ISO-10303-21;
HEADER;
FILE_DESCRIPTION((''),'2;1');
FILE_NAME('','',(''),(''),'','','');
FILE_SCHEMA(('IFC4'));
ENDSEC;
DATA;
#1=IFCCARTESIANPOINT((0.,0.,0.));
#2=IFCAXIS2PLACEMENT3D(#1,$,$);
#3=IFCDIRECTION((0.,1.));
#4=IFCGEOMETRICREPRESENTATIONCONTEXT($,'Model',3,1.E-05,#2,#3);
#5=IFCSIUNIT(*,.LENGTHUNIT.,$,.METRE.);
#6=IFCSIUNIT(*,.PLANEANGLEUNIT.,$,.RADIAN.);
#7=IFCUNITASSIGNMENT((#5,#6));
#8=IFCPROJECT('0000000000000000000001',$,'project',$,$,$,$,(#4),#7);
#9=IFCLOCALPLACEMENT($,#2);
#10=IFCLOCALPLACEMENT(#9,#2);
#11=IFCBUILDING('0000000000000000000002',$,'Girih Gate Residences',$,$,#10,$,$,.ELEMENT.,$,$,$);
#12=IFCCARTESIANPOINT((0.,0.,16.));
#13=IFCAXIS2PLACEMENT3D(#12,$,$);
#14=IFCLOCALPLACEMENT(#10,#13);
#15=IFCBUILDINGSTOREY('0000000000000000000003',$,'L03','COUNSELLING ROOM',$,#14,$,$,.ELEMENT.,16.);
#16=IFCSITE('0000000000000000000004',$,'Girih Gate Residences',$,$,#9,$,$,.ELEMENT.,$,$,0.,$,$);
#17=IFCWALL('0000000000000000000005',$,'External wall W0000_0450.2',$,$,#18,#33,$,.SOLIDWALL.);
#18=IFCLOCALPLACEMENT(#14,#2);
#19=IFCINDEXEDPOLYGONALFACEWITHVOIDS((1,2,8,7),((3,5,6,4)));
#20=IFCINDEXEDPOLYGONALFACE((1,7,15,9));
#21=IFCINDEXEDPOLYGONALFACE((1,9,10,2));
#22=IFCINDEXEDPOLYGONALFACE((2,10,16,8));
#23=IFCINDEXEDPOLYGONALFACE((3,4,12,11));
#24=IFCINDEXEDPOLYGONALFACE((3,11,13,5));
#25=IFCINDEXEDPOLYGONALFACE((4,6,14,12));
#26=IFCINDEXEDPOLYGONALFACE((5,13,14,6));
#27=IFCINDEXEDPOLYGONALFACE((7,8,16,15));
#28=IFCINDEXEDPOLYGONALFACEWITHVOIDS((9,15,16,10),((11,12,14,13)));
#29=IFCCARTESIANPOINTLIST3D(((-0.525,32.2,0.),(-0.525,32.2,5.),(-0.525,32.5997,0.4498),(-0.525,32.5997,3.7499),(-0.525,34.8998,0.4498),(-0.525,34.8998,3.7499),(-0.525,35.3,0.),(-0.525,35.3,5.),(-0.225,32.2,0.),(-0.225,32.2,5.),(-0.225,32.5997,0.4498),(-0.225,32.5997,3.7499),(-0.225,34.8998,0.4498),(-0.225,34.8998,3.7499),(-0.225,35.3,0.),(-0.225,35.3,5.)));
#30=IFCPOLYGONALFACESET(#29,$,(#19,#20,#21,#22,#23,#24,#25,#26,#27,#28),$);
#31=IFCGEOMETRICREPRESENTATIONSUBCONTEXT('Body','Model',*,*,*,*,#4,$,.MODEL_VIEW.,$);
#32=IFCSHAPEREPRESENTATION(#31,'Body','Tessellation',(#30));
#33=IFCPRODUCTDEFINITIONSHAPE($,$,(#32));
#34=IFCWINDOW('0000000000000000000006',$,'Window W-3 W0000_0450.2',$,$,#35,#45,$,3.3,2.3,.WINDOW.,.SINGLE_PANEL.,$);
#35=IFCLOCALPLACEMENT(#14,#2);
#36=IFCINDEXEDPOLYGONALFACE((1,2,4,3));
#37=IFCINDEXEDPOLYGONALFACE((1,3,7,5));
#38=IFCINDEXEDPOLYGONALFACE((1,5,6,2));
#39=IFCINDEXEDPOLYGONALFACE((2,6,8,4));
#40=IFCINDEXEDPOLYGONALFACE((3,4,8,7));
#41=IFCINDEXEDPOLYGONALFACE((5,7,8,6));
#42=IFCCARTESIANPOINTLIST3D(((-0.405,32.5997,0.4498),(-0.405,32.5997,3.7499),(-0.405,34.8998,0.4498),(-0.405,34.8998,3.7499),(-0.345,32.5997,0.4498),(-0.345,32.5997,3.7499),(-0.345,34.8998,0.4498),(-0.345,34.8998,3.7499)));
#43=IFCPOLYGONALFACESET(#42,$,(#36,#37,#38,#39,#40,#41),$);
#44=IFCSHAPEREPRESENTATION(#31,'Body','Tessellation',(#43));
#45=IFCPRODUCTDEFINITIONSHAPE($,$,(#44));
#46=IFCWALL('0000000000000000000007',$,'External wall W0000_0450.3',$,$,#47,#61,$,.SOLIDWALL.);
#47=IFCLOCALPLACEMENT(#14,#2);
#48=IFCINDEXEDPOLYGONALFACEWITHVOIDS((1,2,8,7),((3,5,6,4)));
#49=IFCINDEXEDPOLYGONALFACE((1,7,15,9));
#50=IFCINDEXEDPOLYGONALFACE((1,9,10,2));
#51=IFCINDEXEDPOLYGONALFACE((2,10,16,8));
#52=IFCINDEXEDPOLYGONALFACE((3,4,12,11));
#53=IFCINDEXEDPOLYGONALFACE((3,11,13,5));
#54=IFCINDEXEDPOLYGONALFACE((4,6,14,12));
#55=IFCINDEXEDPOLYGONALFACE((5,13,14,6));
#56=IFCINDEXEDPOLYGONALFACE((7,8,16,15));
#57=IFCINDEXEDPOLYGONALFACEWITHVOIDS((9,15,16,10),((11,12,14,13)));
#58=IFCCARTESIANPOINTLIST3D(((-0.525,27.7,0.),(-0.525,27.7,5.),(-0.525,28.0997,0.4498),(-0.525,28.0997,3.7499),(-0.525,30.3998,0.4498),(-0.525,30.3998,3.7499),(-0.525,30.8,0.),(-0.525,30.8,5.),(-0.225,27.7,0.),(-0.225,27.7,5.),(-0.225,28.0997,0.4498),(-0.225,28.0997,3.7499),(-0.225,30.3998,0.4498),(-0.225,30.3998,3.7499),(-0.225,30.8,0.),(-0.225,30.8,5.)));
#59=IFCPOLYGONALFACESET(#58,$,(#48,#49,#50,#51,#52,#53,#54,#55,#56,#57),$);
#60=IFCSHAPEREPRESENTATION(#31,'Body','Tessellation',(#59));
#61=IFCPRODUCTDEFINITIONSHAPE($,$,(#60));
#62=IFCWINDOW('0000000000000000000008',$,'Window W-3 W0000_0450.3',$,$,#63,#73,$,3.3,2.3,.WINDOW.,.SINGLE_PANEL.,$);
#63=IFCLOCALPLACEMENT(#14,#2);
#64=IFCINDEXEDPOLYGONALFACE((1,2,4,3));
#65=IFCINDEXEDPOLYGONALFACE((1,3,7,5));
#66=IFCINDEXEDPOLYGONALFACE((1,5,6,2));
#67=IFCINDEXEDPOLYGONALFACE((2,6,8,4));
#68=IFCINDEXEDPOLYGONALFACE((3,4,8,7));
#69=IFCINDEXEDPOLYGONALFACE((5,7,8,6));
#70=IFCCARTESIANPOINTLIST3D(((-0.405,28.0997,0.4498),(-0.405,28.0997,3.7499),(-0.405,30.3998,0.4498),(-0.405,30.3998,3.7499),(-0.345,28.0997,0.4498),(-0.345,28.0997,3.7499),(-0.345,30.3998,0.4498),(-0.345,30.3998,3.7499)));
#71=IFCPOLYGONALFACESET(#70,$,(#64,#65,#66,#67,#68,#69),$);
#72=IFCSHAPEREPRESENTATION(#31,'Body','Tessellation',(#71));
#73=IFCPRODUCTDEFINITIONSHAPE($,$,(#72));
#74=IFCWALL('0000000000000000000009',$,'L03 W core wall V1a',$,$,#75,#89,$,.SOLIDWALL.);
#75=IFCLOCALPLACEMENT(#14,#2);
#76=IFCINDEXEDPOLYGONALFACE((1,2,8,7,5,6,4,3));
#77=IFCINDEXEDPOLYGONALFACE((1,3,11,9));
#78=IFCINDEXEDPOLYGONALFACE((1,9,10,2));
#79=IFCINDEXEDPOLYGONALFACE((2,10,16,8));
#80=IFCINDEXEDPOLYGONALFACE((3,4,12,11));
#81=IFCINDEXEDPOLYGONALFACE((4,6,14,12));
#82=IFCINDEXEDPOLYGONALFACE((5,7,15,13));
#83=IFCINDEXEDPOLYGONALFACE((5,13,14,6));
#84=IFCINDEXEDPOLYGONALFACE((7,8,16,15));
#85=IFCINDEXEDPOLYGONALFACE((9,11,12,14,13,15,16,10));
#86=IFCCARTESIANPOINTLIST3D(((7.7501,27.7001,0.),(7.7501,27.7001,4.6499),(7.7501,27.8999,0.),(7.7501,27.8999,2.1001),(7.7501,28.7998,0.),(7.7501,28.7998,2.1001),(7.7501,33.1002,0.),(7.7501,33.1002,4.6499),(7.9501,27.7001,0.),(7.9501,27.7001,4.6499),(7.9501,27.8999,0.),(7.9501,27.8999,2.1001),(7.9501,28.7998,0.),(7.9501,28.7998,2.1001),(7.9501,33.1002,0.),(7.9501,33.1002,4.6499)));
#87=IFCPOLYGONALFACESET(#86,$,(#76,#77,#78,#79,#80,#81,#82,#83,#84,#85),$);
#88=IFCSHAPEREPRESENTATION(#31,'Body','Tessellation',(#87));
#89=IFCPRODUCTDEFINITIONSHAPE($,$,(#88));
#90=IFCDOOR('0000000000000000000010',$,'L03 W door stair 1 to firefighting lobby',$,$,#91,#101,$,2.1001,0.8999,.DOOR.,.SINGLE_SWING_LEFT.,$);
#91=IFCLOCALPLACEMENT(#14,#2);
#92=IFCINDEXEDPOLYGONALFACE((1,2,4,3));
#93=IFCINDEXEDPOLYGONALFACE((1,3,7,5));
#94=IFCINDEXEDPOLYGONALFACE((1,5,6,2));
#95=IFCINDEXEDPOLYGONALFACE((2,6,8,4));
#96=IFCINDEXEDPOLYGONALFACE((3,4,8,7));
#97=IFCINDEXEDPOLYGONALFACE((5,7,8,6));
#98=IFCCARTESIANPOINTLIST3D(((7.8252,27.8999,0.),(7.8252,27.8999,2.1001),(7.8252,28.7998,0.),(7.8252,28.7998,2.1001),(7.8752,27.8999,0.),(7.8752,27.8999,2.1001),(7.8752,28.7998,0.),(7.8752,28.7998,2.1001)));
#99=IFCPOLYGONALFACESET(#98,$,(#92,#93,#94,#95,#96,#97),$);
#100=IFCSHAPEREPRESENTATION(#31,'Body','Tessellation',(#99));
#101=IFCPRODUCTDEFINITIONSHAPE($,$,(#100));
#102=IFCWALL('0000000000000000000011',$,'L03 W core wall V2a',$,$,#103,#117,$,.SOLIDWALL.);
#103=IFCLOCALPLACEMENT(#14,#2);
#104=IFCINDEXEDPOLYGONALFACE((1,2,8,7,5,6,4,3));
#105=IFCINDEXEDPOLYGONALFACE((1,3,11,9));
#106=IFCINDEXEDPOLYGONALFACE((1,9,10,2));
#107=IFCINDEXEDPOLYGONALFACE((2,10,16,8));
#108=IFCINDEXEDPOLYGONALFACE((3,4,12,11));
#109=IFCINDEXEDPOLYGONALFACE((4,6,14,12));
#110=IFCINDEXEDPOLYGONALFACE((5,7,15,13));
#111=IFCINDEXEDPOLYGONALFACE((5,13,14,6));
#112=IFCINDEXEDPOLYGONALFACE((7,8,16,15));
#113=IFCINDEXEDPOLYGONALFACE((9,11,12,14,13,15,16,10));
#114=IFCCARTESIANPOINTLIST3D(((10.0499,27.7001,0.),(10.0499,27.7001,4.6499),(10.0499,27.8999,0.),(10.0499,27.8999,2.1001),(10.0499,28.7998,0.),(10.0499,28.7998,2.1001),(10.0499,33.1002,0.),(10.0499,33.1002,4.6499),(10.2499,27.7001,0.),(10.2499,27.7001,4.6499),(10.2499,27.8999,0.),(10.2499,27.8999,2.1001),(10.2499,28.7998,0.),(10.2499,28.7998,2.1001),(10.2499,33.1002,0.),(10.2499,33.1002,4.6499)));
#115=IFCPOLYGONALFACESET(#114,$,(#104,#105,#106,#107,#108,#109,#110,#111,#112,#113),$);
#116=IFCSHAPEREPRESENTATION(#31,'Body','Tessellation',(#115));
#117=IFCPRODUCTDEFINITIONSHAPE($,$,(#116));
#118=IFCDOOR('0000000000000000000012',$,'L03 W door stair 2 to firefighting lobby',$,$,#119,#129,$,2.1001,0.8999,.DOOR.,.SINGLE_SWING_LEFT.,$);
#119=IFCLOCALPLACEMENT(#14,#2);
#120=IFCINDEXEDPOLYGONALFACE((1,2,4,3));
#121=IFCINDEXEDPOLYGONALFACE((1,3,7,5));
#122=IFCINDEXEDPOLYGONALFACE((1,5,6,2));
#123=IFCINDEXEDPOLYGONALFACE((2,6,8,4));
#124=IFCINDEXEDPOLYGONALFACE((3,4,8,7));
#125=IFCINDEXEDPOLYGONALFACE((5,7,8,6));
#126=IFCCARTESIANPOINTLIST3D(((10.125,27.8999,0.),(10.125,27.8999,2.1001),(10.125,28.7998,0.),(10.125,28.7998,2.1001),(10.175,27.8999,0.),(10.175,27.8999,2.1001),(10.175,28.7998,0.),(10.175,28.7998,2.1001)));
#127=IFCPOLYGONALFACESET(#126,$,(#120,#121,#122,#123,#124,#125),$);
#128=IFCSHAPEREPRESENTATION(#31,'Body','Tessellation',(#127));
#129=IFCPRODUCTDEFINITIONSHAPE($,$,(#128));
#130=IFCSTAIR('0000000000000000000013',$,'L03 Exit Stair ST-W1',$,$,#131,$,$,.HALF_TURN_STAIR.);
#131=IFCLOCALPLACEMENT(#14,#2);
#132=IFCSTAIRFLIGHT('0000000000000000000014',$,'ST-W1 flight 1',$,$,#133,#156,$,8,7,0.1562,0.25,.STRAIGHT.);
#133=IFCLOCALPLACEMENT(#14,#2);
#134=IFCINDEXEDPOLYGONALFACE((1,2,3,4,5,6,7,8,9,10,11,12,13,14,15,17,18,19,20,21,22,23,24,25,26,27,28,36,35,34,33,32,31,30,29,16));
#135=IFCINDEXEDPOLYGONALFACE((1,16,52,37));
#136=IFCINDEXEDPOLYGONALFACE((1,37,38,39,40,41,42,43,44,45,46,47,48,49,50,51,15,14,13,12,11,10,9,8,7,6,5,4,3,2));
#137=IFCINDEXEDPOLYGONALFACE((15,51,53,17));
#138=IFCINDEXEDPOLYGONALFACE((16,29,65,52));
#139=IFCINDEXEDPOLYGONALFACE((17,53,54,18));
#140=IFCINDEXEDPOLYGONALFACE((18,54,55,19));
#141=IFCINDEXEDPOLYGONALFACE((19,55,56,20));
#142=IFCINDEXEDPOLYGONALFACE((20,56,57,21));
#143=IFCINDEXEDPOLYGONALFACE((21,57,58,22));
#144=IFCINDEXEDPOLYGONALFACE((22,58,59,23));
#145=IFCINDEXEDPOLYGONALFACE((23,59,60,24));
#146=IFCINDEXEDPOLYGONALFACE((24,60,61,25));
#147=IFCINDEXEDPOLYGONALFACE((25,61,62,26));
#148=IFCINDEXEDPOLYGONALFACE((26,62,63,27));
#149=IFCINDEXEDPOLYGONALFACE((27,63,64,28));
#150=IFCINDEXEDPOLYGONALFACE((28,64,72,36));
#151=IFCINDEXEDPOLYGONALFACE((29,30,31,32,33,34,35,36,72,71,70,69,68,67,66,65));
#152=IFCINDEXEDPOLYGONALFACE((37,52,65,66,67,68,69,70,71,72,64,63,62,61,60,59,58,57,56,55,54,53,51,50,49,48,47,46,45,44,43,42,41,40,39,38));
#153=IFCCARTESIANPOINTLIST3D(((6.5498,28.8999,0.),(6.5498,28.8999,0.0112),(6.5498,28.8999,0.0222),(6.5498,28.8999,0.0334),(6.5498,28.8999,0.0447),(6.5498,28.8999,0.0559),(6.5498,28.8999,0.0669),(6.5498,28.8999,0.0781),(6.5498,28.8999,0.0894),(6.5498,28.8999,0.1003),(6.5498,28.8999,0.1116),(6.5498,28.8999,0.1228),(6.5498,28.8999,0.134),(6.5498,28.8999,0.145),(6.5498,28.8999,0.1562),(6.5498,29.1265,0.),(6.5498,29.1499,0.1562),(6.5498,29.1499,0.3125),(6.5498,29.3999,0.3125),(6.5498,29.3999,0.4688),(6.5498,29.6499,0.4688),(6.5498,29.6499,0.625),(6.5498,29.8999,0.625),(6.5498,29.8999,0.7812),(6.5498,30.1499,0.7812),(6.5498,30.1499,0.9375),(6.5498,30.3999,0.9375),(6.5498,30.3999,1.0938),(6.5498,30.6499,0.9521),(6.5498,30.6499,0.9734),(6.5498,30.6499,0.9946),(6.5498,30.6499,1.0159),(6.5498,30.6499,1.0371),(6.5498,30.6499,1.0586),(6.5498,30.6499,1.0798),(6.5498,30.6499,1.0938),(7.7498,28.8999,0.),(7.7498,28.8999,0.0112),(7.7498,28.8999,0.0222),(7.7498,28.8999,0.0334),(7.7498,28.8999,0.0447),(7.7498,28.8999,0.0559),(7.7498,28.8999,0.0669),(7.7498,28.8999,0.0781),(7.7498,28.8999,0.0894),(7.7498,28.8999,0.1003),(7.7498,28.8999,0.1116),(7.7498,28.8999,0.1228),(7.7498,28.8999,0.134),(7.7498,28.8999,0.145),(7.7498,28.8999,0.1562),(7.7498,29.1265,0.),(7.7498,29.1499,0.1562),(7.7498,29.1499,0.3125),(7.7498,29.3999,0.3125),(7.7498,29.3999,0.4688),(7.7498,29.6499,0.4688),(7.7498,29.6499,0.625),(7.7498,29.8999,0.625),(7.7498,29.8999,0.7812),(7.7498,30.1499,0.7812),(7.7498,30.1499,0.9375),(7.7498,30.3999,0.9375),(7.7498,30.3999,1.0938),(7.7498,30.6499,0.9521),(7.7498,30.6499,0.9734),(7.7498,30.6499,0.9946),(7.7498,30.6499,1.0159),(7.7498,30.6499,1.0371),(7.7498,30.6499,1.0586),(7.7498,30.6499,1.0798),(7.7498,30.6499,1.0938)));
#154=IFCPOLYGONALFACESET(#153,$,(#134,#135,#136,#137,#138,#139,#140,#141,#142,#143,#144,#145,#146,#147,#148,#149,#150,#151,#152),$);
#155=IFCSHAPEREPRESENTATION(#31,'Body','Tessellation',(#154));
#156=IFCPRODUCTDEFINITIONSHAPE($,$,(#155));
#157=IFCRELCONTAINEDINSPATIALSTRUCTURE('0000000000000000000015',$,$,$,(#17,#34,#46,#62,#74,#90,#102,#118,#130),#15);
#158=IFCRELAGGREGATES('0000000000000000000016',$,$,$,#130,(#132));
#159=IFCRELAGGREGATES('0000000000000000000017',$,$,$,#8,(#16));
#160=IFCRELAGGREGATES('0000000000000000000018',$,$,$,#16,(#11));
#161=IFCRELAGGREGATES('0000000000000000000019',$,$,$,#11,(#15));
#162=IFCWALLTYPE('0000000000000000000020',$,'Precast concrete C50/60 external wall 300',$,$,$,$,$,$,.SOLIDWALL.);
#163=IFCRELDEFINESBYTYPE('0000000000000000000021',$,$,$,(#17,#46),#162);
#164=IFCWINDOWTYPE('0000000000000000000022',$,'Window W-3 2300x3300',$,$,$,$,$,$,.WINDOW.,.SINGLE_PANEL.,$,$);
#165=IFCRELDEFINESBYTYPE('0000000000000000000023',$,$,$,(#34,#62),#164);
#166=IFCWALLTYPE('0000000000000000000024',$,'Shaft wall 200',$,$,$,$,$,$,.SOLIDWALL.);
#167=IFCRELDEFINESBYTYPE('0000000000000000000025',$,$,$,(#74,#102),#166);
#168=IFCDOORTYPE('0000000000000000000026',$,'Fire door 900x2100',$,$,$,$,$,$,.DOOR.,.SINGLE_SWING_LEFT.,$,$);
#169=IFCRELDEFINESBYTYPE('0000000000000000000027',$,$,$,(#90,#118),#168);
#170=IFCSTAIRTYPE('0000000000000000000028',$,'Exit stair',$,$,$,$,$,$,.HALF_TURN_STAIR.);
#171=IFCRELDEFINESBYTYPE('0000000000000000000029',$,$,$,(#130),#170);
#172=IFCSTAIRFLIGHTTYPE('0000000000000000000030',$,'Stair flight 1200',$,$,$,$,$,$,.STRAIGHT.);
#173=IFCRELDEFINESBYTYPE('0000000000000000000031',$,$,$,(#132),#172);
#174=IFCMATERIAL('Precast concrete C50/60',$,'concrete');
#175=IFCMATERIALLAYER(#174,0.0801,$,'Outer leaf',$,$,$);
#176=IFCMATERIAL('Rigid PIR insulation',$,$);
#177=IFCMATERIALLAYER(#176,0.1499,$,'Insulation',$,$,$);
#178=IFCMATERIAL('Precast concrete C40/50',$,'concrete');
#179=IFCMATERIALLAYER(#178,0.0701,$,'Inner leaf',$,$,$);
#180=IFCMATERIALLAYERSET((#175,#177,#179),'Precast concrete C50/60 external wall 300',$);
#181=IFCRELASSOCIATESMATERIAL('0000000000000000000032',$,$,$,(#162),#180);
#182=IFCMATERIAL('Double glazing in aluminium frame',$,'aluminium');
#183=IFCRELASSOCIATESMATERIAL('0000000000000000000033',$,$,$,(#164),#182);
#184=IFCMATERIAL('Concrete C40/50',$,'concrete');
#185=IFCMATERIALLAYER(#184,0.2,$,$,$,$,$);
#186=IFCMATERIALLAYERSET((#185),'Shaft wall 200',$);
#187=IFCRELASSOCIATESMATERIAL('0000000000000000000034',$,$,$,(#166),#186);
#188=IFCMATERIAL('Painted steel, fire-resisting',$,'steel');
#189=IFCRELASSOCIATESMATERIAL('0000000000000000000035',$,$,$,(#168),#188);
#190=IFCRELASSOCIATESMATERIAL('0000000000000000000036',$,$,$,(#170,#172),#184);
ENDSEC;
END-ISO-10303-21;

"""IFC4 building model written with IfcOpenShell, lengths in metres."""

from ifc_helpers import new_model, si_unit, direction, frame, frame_2d, origin, place, context, subcontext, project, spatial, polyline, rectangle, outline, extrude, material, layer, layer_set, type_object, element, fill, aggregate, save


model = new_model("IFC4")

# Units and contexts
model_context = context("Model", 3, precision=1e-05, world=origin(), true_north=direction((0.0, 1.0)))
body_context = subcontext(model_context, "Body", "Model", "MODEL_VIEW")
ifc_project = project(units=[si_unit("LENGTHUNIT", "METRE"), si_unit("PLANEANGLEUNIT", "RADIAN")], contexts=[model_context])

# Site, building, storey
site_placement = place(None, origin())
site = spatial("IfcSite", under=ifc_project, at=site_placement, Name="Girih Gate Residences", CompositionType="ELEMENT", RefElevation=0.0)
building_placement = place(site_placement, origin())
building = spatial("IfcBuilding", under=site, at=building_placement, Name="Girih Gate Residences", CompositionType="ELEMENT")
storey_placement = place(building_placement, frame((0.0, 0.0, 16.0)))
storey = spatial("IfcBuildingStorey", under=building, at=storey_placement, Name="L03", Description="COUNSELLING ROOM", CompositionType="ELEMENT", Elevation=16.0)

# Shared definitions
ifc_material_1 = material(Name="Painted steel, fire-resisting", Category="steel")

# Walls, openings, windows
ifc_material_2 = material(Name="Precast concrete C50/60", Category="concrete")
ifc_layer_1 = layer(ifc_material_2, 0.0801, Name="Outer leaf")
ifc_material_3 = material(Name="Rigid PIR insulation")
ifc_layer_2 = layer(ifc_material_3, 0.1499, Name="Insulation")
ifc_material_4 = material(Name="Precast concrete C40/50", Category="concrete")
ifc_layer_3 = layer(ifc_material_4, 0.0701, Name="Inner leaf")
ifc_layer_set_1 = layer_set([ifc_layer_1, ifc_layer_2, ifc_layer_3], Name="Precast concrete C50/60 external wall 300")
wall_type_1 = type_object("IfcWallType", Name="Precast concrete C50/60 external wall 300", PredefinedType="SOLIDWALL", material=ifc_layer_set_1)
wall_1_placement = place(storey_placement, frame((-0.375, 32.2, 0.0), z_axis=(0.0, 0.0, 1.0), x_axis=(0.0, 1.0, 0.0)))
wall_1 = element("IfcWall", 1, at=wall_1_placement, inside=storey, type_object=wall_type_1, Name="External wall W0000_0450.2", PredefinedType="SOLIDWALL", context=body_context, shape_type="SweptSolid", body=[
    extrude(rectangle(XDim=3.1001, YDim=0.3, at=frame_2d((1.55, 0.0))), origin(), (0.0, 0.0, 1.0), 5.0),
])
opening_1_placement = place(wall_1_placement, frame((0.3999, 0.0, 0.45)))
opening_1 = element("IfcOpeningElement", 2, at=opening_1_placement, cuts=wall_1, PredefinedType="OPENING", context=body_context, shape_type="SweptSolid", body=[
    extrude(rectangle(XDim=2.3, YDim=3.3, at=frame_2d((1.1499, 1.6499))), frame((0.0, 0.1599, 0.0), z_axis=(0.0, -1.0, 0.0), x_axis=(1.0, 0.0, 0.0)), (0.0, 0.0, 1.0), 0.3201),
])
ifc_material_5 = material(Name="Double glazing in aluminium frame", Category="aluminium")
window_type = type_object("IfcWindowType", Name="Window W-3 2300x3300", PartitioningType="SINGLE_PANEL", PredefinedType="WINDOW", material=ifc_material_5)
window_1_placement = place(opening_1_placement, origin())
window_1 = element("IfcWindow", 3, at=window_1_placement, inside=storey, type_object=window_type, Name="Window W-3 W0000_0450.2", OverallHeight=3.3, OverallWidth=2.3, PartitioningType="SINGLE_PANEL", PredefinedType="WINDOW", context=body_context, shape_type="SweptSolid", body=[
    extrude(rectangle(XDim=2.3, YDim=3.3, at=frame_2d((1.1499, 1.6499))), frame((0.0, 0.03, 0.0), z_axis=(0.0, -1.0, 0.0), x_axis=(1.0, 0.0, 0.0)), (0.0, 0.0, 1.0), 0.0601),
])
fill(opening_1, window_1)
wall_2_placement = place(storey_placement, frame((-0.375, 27.7, 0.0), z_axis=(0.0, 0.0, 1.0), x_axis=(0.0, 1.0, 0.0)))
wall_2 = element("IfcWall", 4, at=wall_2_placement, inside=storey, type_object=wall_type_1, Name="External wall W0000_0450.3", PredefinedType="SOLIDWALL", context=body_context, shape_type="SweptSolid", body=[
    extrude(rectangle(XDim=3.1001, YDim=0.3, at=frame_2d((1.55, 0.0))), origin(), (0.0, 0.0, 1.0), 5.0),
])
opening_2_placement = place(wall_2_placement, frame((0.3999, 0.0, 0.45)))
opening_2 = element("IfcOpeningElement", 5, at=opening_2_placement, cuts=wall_2, PredefinedType="OPENING", context=body_context, shape_type="SweptSolid", body=[
    extrude(rectangle(XDim=2.3, YDim=3.3, at=frame_2d((1.1499, 1.6499))), frame((0.0, 0.1599, 0.0), z_axis=(0.0, -1.0, 0.0), x_axis=(1.0, 0.0, 0.0)), (0.0, 0.0, 1.0), 0.3201),
])
window_2_placement = place(opening_2_placement, origin())
window_2 = element("IfcWindow", 6, at=window_2_placement, inside=storey, type_object=window_type, Name="Window W-3 W0000_0450.3", OverallHeight=3.3, OverallWidth=2.3, PartitioningType="SINGLE_PANEL", PredefinedType="WINDOW", context=body_context, shape_type="SweptSolid", body=[
    extrude(rectangle(XDim=2.3, YDim=3.3, at=frame_2d((1.1499, 1.6499))), frame((0.0, 0.03, 0.0), z_axis=(0.0, -1.0, 0.0), x_axis=(1.0, 0.0, 0.0)), (0.0, 0.0, 1.0), 0.0601),
])
fill(opening_2, window_2)

# Walls, openings, doors
ifc_material_6 = material(Name="Concrete C40/50", Category="concrete")
ifc_layer_4 = layer(ifc_material_6, 0.2)
ifc_layer_set_2 = layer_set([ifc_layer_4], Name="Shaft wall 200")
wall_type_2 = type_object("IfcWallType", Name="Shaft wall 200", PredefinedType="SOLIDWALL", material=ifc_layer_set_2)
wall_3_placement = place(storey_placement, frame((7.8501, 27.7, 0.0), z_axis=(0.0, 0.0, 1.0), x_axis=(0.0, 1.0, 0.0)))
wall_3 = element("IfcWall", 7, at=wall_3_placement, inside=storey, type_object=wall_type_2, Name="L03 W core wall V1a", PredefinedType="SOLIDWALL", context=body_context, shape_type="SweptSolid", body=[
    extrude(rectangle(XDim=5.4001, YDim=0.2, at=frame_2d((2.7002, 0.0))), origin(), (0.0, 0.0, 1.0), 4.6499),
])
opening_3_placement = place(wall_3_placement, frame((0.2, 0.0, 0.0)))
opening_3 = element("IfcOpeningElement", 8, at=opening_3_placement, cuts=wall_3, PredefinedType="OPENING", context=body_context, shape_type="SweptSolid", body=[
    extrude(rectangle(XDim=0.8999, YDim=2.1001, at=frame_2d((0.45, 1.05))), frame((0.0, 0.1099, 0.0), z_axis=(0.0, -1.0, 0.0), x_axis=(1.0, 0.0, 0.0)), (0.0, 0.0, 1.0), 0.22),
])
door_type_1 = type_object("IfcDoorType", Name="Fire door 900x2100", OperationType="SINGLE_SWING_LEFT", PredefinedType="DOOR", material=ifc_material_1)
door_1_placement = place(opening_3_placement, origin())
door_1 = element("IfcDoor", 9, at=door_1_placement, inside=storey, type_object=door_type_1, Name="L03 W door stair 1 to firefighting lobby", OperationType="SINGLE_SWING_LEFT", OverallHeight=2.1001, OverallWidth=0.8999, PredefinedType="DOOR", context=body_context, shape_type="SweptSolid", body=[
    extrude(rectangle(XDim=0.8999, YDim=2.1001, at=frame_2d((0.45, 1.05))), frame((0.0, 0.0249, 0.0), z_axis=(0.0, -1.0, 0.0), x_axis=(1.0, 0.0, 0.0)), (0.0, 0.0, 1.0), 0.05),
])
fill(opening_3, door_1)
wall_4_placement = place(storey_placement, frame((10.1499, 27.7, 0.0), z_axis=(0.0, 0.0, 1.0), x_axis=(0.0, 1.0, 0.0)))
wall_4 = element("IfcWall", 10, at=wall_4_placement, inside=storey, type_object=wall_type_2, Name="L03 W core wall V2a", PredefinedType="SOLIDWALL", context=body_context, shape_type="SweptSolid", body=[
    extrude(rectangle(XDim=5.4001, YDim=0.2, at=frame_2d((2.7002, 0.0))), origin(), (0.0, 0.0, 1.0), 4.6499),
])
opening_4_placement = place(wall_4_placement, frame((0.2, 0.0, 0.0)))
opening_4 = element("IfcOpeningElement", 11, at=opening_4_placement, cuts=wall_4, PredefinedType="OPENING", context=body_context, shape_type="SweptSolid", body=[
    extrude(rectangle(XDim=0.8999, YDim=2.1001, at=frame_2d((0.45, 1.05))), frame((0.0, 0.1099, 0.0), z_axis=(0.0, -1.0, 0.0), x_axis=(1.0, 0.0, 0.0)), (0.0, 0.0, 1.0), 0.22),
])
door_2_placement = place(opening_4_placement, origin())
door_2 = element("IfcDoor", 12, at=door_2_placement, inside=storey, type_object=door_type_1, Name="L03 W door stair 2 to firefighting lobby", OperationType="SINGLE_SWING_LEFT", OverallHeight=2.1001, OverallWidth=0.8999, PredefinedType="DOOR", context=body_context, shape_type="SweptSolid", body=[
    extrude(rectangle(XDim=0.8999, YDim=2.1001, at=frame_2d((0.45, 1.05))), frame((0.0, 0.0249, 0.0), z_axis=(0.0, -1.0, 0.0), x_axis=(1.0, 0.0, 0.0)), (0.0, 0.0, 1.0), 0.05),
])
fill(opening_4, door_2)

# Stair, stair flight
stair_type = type_object("IfcStairType", Name="Exit stair", PredefinedType="HALF_TURN_STAIR", material=ifc_material_6)
stair_placement = place(storey_placement, origin())
stair = element("IfcStair", 13, at=stair_placement, inside=storey, type_object=stair_type, Name="L03 Exit Stair ST-W1", PredefinedType="HALF_TURN_STAIR")
stair_flight_type = type_object("IfcStairFlightType", Name="Stair flight 1200", PredefinedType="STRAIGHT", material=ifc_material_6)
stair_flight_1_placement = place(storey_placement, frame((7.1499, 28.8999, 0.0), z_axis=(0.0, 0.0, 1.0), x_axis=(0.0, 1.0, 0.0)))
stair_flight_1 = element("IfcStairFlight", 14, at=stair_flight_1_placement, type_object=stair_flight_type, Name="ST-W1 flight 1", NumberOfRisers=8, NumberOfTreads=7, PredefinedType="STRAIGHT", RiserHeight=0.1562, TreadLength=0.25, context=body_context, shape_type="SweptSolid", body=[
    extrude(outline(polyline([(0.0, 0.0), (0.0, 0.0112), (0.0, 0.0222), (0.0, 0.0334), (0.0, 0.0447), (0.0, 0.0559), (0.0, 0.0669), (0.0, 0.0781), (0.0, 0.0894), (0.0, 0.1003), (0.0, 0.1116), (0.0, 0.1228), (0.0, 0.134), (0.0, 0.145), (0.0, 0.1562), (0.25, 0.1562), (0.25, 0.3125), (0.5, 0.3125), (0.5, 0.4688), (0.75, 0.4688), (0.75, 0.625), (1.0, 0.625), (1.0, 0.7812), (1.25, 0.7812), (1.25, 0.9375), (1.5, 0.9375), (1.5, 1.0938), (1.75, 1.0938), (1.75, 1.105), (1.75, 1.116), (1.75, 1.1272), (1.75, 1.1384), (1.75, 1.1497), (1.75, 1.1606), (1.75, 1.1719), (1.75, 1.1831), (1.75, 1.1941), (1.75, 1.2053), (1.75, 1.2166), (1.75, 1.2278), (1.75, 1.2388), (1.75, 1.25), (1.75, 1.2288), (1.75, 1.2075), (1.75, 1.1863), (1.75, 1.1648), (1.75, 1.1436), (1.75, 1.1223), (1.75, 1.1011), (1.75, 1.0798), (1.75, 1.0586), (1.75, 1.0371), (1.75, 1.0159), (1.75, 0.9946), (1.75, 0.9734), (1.75, 0.9521), (0.2266, 0.0), (0.0, 0.0)])), frame((0.0, 0.6001, 0.0), z_axis=(0.0, -1.0, 0.0), x_axis=(1.0, 0.0, 0.0)), (0.0, 0.0, 1.0), 1.2),
])
aggregate(stair, [stair_flight_1])

save(model, "model.ifc")
